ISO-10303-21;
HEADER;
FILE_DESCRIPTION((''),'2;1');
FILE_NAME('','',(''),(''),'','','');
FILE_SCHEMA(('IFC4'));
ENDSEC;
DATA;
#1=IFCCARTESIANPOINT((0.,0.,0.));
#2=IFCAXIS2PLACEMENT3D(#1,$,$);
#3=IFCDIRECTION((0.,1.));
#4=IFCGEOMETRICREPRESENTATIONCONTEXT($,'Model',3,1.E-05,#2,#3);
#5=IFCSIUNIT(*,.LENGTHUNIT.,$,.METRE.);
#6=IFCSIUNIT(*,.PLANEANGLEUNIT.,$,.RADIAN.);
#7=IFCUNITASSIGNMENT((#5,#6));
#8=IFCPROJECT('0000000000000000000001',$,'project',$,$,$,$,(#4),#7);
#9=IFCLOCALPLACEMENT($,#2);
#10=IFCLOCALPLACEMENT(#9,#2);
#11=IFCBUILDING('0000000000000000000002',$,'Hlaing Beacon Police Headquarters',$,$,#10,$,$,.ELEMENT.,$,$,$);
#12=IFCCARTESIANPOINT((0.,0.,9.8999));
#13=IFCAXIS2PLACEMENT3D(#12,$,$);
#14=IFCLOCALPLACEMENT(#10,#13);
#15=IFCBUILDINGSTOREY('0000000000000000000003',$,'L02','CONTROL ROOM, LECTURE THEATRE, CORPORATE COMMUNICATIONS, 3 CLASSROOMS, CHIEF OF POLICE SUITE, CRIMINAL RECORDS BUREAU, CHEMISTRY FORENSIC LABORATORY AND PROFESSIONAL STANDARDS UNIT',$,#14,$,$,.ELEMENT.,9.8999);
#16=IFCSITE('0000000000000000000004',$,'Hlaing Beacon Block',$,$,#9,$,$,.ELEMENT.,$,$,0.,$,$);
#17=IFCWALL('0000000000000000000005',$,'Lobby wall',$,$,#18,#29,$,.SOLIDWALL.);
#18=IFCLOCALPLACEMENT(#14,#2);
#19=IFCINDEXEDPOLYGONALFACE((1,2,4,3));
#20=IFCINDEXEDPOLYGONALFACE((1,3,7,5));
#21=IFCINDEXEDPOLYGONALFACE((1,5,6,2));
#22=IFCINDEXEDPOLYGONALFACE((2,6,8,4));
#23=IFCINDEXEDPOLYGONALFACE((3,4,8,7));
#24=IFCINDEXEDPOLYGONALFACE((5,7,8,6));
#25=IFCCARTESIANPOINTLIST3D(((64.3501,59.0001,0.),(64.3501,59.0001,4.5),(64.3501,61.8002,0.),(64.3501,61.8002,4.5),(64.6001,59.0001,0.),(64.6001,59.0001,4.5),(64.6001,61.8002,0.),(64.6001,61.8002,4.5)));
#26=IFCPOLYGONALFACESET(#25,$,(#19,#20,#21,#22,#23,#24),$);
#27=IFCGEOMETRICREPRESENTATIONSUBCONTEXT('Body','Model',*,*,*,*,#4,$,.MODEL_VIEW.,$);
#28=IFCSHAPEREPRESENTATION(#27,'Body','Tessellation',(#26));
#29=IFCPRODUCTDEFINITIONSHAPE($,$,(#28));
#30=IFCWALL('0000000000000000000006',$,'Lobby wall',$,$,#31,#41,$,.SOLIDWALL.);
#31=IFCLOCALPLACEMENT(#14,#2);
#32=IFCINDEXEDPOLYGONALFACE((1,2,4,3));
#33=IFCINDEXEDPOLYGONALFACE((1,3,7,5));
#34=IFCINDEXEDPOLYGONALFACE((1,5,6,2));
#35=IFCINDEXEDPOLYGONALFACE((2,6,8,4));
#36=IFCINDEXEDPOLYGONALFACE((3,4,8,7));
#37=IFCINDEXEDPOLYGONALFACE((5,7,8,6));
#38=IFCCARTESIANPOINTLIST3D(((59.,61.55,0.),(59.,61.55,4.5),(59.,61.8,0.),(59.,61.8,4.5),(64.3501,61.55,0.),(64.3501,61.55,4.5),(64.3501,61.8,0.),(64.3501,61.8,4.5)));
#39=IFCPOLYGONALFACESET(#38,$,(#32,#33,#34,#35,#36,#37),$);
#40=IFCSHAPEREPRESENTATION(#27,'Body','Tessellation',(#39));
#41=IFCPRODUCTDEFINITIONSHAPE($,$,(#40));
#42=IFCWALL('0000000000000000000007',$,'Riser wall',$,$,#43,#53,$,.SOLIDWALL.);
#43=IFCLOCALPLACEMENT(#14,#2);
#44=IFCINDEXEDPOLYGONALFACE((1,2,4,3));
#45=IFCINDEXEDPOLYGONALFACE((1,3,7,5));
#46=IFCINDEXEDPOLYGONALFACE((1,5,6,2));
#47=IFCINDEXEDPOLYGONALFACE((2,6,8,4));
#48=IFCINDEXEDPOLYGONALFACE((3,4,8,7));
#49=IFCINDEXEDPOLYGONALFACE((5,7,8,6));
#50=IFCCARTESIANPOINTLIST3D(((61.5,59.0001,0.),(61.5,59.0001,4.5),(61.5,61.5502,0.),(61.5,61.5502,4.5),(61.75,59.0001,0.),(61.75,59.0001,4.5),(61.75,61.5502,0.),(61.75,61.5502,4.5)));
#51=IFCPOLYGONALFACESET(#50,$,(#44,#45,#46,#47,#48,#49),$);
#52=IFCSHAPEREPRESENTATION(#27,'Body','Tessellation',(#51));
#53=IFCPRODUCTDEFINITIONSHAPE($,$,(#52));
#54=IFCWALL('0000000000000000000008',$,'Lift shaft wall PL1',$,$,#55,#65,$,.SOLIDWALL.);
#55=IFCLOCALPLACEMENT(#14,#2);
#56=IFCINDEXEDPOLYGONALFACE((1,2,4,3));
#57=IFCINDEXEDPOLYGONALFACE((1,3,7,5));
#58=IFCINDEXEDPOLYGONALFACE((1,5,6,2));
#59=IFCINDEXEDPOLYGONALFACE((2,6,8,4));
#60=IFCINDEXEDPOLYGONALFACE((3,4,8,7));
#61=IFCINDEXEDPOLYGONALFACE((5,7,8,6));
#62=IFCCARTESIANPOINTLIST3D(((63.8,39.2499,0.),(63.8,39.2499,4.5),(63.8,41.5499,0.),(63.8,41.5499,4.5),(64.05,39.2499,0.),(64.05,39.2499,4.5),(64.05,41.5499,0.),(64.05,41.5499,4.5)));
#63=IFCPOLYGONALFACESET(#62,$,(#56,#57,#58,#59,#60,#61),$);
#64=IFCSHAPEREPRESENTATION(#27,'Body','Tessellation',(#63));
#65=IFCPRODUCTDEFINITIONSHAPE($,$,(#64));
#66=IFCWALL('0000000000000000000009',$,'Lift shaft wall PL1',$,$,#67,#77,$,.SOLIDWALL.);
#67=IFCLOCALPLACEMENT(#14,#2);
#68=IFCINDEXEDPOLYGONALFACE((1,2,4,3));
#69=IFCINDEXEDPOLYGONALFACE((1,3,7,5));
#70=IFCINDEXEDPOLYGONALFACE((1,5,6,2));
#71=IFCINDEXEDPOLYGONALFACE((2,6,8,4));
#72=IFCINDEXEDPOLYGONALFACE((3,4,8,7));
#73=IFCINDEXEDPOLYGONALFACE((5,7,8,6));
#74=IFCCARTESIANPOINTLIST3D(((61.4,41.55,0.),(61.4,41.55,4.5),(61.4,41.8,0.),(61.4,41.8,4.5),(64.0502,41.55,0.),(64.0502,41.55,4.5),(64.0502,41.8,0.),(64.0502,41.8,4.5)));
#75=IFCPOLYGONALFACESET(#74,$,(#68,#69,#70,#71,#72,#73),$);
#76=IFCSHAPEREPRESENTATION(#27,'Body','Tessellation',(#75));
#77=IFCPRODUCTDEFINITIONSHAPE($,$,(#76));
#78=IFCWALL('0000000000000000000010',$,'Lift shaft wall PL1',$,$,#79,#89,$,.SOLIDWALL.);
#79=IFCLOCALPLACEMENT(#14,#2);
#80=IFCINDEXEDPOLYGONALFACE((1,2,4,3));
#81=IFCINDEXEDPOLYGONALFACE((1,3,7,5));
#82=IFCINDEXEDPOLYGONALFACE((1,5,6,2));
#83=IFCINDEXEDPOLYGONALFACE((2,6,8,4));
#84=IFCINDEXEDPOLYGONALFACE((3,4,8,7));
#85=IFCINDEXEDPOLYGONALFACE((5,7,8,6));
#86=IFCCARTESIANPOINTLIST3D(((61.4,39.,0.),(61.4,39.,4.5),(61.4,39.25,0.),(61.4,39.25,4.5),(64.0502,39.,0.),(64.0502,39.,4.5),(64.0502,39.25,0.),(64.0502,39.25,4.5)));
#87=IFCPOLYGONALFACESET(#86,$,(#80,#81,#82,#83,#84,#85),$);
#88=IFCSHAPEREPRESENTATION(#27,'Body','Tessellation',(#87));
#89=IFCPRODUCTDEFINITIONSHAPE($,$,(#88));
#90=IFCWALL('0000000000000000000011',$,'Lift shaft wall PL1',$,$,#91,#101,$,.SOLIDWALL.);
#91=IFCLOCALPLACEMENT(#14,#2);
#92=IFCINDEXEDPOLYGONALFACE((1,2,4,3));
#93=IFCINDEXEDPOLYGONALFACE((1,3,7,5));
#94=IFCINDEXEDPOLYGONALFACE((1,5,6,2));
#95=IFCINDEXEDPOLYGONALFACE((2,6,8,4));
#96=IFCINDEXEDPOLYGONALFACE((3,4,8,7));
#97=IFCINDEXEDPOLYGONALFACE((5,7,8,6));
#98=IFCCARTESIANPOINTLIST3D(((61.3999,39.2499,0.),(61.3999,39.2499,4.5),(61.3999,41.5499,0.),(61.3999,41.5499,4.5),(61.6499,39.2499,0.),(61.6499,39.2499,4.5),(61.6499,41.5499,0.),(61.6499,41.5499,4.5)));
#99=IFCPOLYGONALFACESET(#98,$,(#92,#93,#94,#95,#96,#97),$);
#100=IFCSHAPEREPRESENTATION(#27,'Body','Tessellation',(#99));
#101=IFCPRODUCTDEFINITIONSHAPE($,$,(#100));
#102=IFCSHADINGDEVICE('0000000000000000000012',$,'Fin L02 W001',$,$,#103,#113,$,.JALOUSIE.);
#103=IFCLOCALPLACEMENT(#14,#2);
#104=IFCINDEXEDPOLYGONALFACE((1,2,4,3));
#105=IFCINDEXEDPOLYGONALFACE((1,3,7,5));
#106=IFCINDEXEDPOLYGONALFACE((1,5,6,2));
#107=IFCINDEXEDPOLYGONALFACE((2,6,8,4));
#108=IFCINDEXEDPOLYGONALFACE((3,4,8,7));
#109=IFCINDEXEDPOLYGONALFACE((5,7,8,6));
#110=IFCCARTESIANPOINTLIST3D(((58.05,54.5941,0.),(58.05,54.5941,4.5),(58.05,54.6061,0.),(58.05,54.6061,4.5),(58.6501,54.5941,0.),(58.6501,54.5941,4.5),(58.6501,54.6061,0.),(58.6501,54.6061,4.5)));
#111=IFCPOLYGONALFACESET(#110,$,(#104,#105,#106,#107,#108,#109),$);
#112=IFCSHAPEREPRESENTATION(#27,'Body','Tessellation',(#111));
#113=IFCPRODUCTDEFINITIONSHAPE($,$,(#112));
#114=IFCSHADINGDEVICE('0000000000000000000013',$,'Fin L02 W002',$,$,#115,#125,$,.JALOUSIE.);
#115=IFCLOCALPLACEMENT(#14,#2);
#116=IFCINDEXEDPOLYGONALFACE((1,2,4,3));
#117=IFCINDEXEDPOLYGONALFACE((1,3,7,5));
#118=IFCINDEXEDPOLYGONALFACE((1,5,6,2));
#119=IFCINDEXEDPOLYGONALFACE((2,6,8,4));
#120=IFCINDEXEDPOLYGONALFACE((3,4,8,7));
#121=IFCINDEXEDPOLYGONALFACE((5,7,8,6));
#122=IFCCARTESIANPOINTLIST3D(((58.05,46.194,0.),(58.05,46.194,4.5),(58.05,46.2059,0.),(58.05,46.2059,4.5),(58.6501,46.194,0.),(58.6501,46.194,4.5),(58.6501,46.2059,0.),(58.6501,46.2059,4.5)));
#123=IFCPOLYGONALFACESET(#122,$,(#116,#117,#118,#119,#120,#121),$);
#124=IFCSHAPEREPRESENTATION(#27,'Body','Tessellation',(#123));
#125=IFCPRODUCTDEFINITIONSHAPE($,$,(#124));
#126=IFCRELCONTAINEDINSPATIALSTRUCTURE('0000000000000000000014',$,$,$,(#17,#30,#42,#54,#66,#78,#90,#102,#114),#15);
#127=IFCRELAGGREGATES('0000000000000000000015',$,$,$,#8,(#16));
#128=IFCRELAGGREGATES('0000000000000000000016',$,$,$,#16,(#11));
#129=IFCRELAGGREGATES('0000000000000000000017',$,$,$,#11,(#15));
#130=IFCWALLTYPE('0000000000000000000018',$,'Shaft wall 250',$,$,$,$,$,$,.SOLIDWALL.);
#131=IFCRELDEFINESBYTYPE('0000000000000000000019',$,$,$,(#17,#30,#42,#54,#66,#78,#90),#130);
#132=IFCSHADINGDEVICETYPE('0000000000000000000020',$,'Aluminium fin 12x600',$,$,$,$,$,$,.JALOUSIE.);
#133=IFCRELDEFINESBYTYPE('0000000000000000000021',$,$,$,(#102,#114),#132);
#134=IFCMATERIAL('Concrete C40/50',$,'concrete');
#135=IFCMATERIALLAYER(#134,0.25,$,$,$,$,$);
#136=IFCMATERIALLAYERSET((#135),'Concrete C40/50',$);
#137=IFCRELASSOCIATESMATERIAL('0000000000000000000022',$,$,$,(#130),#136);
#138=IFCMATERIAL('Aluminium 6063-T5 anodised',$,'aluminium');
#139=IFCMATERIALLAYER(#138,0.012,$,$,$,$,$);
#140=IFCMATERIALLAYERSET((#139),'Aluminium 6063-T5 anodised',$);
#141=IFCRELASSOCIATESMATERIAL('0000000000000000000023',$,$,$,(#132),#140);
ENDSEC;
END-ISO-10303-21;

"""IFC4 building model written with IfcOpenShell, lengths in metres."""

from ifc_helpers import new_model, si_unit, direction, frame, frame_2d, origin, origin_2d, place, context, subcontext, project, spatial, rectangle, extrude, material, layer, layer_set, type_object, element, save


model = new_model("IFC4")

# Units and contexts
model_context = context("Model", 3, precision=1e-05, world=origin(), true_north=direction((0.0, 1.0)))
body_context = subcontext(model_context, "Body", "Model", "MODEL_VIEW")
ifc_project = project(units=[si_unit("LENGTHUNIT", "METRE"), si_unit("PLANEANGLEUNIT", "RADIAN")], contexts=[model_context])

# Site, building, storey
site_placement = place(None, origin())
site = spatial("IfcSite", under=ifc_project, at=site_placement, Name="Hlaing Beacon Block", CompositionType="ELEMENT", RefElevation=0.0)
building_placement = place(site_placement, origin())
building = spatial("IfcBuilding", under=site, at=building_placement, Name="Hlaing Beacon Police Headquarters", CompositionType="ELEMENT")
storey_placement = place(building_placement, frame((0.0, 0.0, 9.8999)))
storey = spatial("IfcBuildingStorey", under=building, at=storey_placement, Name="L02", Description="CONTROL ROOM, LECTURE THEATRE, CORPORATE COMMUNICATIONS, 3 CLASSROOMS, CHIEF OF POLICE SUITE, CRIMINAL RECORDS BUREAU, CHEMISTRY FORENSIC LABORATORY AND PROFESSIONAL STANDARDS UNIT", CompositionType="ELEMENT", Elevation=9.8999)

# Walls
ifc_material_1 = material(Name="Concrete C40/50", Category="concrete")
ifc_layer_1 = layer(ifc_material_1, 0.25)
ifc_layer_set_1 = layer_set([ifc_layer_1], Name="Concrete C40/50")
wall_type_1 = type_object("IfcWallType", Name="Shaft wall 250", PredefinedType="SOLIDWALL", material=ifc_layer_set_1)
wall_1_placement = place(storey_placement, frame((64.4751, 61.8, 0.0), z_axis=(0.0, 0.0, 1.0), x_axis=(0.0, -1.0, 0.0)))
element("IfcWall", 1, at=wall_1_placement, inside=storey, type_object=wall_type_1, Name="Lobby wall", PredefinedType="SOLIDWALL", context=body_context, shape_type="SweptSolid", body=[
    extrude(rectangle(XDim=2.8, YDim=0.25, at=frame_2d((1.3999, 0.0))), origin(), (0.0, 0.0, 1.0), 4.5),
])
wall_2_placement = place(storey_placement, frame((64.3501, 61.675, 0.0), z_axis=(0.0, 0.0, 1.0), x_axis=(-1.0, 0.0, 0.0)))
element("IfcWall", 2, at=wall_2_placement, inside=storey, type_object=wall_type_1, Name="Lobby wall", PredefinedType="SOLIDWALL", context=body_context, shape_type="SweptSolid", body=[
    extrude(rectangle(XDim=5.3501, YDim=0.25, at=frame_2d((2.675, 0.0))), origin(), (0.0, 0.0, 1.0), 4.5),
])
wall_3_placement = place(storey_placement, frame((61.625, 61.55, 0.0), z_axis=(0.0, 0.0, 1.0), x_axis=(0.0, -1.0, 0.0)))
element("IfcWall", 3, at=wall_3_placement, inside=storey, type_object=wall_type_1, Name="Riser wall", PredefinedType="SOLIDWALL", context=body_context, shape_type="SweptSolid", body=[
    extrude(rectangle(XDim=2.55, YDim=0.25, at=frame_2d((1.2749, 0.0))), origin(), (0.0, 0.0, 1.0), 4.5),
])
wall_4_placement = place(storey_placement, frame((63.925, 39.25, 0.0), z_axis=(0.0, 0.0, 1.0), x_axis=(0.0, 1.0, 0.0)))
element("IfcWall", 4, at=wall_4_placement, inside=storey, type_object=wall_type_1, Name="Lift shaft wall PL1", PredefinedType="SOLIDWALL", context=body_context, shape_type="SweptSolid", body=[
    extrude(rectangle(XDim=2.3, YDim=0.25, at=frame_2d((1.1499, 0.0))), origin(), (0.0, 0.0, 1.0), 4.5),
])
for number, where, z_axis, x_axis, name in (
    (5, (61.3999, 41.675, 0.0), (0.0, 0.0, 1.0), (1.0, 0.0, 0.0), "Lift shaft wall PL1"),
    (6, (61.3999, 39.125, 0.0), (0.0, 0.0, 1.0), (1.0, 0.0, 0.0), "Lift shaft wall PL1"),
):
    element("IfcWall", number, at=place(storey_placement, frame(where, z_axis=z_axis, x_axis=x_axis)), inside=storey, type_object=wall_type_1, Name=name, PredefinedType="SOLIDWALL", context=body_context, shape_type="SweptSolid", body=[
        extrude(rectangle(XDim=2.6501, YDim=0.25, at=frame_2d((1.3252, 0.0))), origin(), (0.0, 0.0, 1.0), 4.5),
    ])
wall_5_placement = place(storey_placement, frame((61.5249, 39.25, 0.0), z_axis=(0.0, 0.0, 1.0), x_axis=(0.0, 1.0, 0.0)))
element("IfcWall", 7, at=wall_5_placement, inside=storey, type_object=wall_type_1, Name="Lift shaft wall PL1", PredefinedType="SOLIDWALL", context=body_context, shape_type="SweptSolid", body=[
    extrude(rectangle(XDim=2.3, YDim=0.25, at=frame_2d((1.1499, 0.0))), origin(), (0.0, 0.0, 1.0), 4.5),
])

# Shading devices
ifc_material_2 = material(Name="Aluminium 6063-T5 anodised", Category="aluminium")
ifc_layer_2 = layer(ifc_material_2, 0.012)
ifc_layer_set_2 = layer_set([ifc_layer_2], Name="Aluminium 6063-T5 anodised")
shading_device_type = type_object("IfcShadingDeviceType", Name="Aluminium fin 12x600", PredefinedType="JALOUSIE", material=ifc_layer_set_2)
for number, where, z_axis, x_axis, name in (
    (8, (58.3501, 54.6001, 0.0), (0.0, 0.0, 1.0), (0.0, -1.0, 0.0), "Fin L02 W001"),
    (9, (58.3501, 46.2, 0.0), (0.0, 0.0, 1.0), (0.0, -1.0, 0.0), "Fin L02 W002"),
):
    element("IfcShadingDevice", number, at=place(storey_placement, frame(where, z_axis=z_axis, x_axis=x_axis)), inside=storey, type_object=shading_device_type, Name=name, PredefinedType="JALOUSIE", context=body_context, shape_type="SweptSolid", body=[
        extrude(rectangle(XDim=0.012, YDim=0.6001, at=origin_2d()), origin(), (0.0, 0.0, 1.0), 4.5),
    ])

save(model, "model.ifc")
